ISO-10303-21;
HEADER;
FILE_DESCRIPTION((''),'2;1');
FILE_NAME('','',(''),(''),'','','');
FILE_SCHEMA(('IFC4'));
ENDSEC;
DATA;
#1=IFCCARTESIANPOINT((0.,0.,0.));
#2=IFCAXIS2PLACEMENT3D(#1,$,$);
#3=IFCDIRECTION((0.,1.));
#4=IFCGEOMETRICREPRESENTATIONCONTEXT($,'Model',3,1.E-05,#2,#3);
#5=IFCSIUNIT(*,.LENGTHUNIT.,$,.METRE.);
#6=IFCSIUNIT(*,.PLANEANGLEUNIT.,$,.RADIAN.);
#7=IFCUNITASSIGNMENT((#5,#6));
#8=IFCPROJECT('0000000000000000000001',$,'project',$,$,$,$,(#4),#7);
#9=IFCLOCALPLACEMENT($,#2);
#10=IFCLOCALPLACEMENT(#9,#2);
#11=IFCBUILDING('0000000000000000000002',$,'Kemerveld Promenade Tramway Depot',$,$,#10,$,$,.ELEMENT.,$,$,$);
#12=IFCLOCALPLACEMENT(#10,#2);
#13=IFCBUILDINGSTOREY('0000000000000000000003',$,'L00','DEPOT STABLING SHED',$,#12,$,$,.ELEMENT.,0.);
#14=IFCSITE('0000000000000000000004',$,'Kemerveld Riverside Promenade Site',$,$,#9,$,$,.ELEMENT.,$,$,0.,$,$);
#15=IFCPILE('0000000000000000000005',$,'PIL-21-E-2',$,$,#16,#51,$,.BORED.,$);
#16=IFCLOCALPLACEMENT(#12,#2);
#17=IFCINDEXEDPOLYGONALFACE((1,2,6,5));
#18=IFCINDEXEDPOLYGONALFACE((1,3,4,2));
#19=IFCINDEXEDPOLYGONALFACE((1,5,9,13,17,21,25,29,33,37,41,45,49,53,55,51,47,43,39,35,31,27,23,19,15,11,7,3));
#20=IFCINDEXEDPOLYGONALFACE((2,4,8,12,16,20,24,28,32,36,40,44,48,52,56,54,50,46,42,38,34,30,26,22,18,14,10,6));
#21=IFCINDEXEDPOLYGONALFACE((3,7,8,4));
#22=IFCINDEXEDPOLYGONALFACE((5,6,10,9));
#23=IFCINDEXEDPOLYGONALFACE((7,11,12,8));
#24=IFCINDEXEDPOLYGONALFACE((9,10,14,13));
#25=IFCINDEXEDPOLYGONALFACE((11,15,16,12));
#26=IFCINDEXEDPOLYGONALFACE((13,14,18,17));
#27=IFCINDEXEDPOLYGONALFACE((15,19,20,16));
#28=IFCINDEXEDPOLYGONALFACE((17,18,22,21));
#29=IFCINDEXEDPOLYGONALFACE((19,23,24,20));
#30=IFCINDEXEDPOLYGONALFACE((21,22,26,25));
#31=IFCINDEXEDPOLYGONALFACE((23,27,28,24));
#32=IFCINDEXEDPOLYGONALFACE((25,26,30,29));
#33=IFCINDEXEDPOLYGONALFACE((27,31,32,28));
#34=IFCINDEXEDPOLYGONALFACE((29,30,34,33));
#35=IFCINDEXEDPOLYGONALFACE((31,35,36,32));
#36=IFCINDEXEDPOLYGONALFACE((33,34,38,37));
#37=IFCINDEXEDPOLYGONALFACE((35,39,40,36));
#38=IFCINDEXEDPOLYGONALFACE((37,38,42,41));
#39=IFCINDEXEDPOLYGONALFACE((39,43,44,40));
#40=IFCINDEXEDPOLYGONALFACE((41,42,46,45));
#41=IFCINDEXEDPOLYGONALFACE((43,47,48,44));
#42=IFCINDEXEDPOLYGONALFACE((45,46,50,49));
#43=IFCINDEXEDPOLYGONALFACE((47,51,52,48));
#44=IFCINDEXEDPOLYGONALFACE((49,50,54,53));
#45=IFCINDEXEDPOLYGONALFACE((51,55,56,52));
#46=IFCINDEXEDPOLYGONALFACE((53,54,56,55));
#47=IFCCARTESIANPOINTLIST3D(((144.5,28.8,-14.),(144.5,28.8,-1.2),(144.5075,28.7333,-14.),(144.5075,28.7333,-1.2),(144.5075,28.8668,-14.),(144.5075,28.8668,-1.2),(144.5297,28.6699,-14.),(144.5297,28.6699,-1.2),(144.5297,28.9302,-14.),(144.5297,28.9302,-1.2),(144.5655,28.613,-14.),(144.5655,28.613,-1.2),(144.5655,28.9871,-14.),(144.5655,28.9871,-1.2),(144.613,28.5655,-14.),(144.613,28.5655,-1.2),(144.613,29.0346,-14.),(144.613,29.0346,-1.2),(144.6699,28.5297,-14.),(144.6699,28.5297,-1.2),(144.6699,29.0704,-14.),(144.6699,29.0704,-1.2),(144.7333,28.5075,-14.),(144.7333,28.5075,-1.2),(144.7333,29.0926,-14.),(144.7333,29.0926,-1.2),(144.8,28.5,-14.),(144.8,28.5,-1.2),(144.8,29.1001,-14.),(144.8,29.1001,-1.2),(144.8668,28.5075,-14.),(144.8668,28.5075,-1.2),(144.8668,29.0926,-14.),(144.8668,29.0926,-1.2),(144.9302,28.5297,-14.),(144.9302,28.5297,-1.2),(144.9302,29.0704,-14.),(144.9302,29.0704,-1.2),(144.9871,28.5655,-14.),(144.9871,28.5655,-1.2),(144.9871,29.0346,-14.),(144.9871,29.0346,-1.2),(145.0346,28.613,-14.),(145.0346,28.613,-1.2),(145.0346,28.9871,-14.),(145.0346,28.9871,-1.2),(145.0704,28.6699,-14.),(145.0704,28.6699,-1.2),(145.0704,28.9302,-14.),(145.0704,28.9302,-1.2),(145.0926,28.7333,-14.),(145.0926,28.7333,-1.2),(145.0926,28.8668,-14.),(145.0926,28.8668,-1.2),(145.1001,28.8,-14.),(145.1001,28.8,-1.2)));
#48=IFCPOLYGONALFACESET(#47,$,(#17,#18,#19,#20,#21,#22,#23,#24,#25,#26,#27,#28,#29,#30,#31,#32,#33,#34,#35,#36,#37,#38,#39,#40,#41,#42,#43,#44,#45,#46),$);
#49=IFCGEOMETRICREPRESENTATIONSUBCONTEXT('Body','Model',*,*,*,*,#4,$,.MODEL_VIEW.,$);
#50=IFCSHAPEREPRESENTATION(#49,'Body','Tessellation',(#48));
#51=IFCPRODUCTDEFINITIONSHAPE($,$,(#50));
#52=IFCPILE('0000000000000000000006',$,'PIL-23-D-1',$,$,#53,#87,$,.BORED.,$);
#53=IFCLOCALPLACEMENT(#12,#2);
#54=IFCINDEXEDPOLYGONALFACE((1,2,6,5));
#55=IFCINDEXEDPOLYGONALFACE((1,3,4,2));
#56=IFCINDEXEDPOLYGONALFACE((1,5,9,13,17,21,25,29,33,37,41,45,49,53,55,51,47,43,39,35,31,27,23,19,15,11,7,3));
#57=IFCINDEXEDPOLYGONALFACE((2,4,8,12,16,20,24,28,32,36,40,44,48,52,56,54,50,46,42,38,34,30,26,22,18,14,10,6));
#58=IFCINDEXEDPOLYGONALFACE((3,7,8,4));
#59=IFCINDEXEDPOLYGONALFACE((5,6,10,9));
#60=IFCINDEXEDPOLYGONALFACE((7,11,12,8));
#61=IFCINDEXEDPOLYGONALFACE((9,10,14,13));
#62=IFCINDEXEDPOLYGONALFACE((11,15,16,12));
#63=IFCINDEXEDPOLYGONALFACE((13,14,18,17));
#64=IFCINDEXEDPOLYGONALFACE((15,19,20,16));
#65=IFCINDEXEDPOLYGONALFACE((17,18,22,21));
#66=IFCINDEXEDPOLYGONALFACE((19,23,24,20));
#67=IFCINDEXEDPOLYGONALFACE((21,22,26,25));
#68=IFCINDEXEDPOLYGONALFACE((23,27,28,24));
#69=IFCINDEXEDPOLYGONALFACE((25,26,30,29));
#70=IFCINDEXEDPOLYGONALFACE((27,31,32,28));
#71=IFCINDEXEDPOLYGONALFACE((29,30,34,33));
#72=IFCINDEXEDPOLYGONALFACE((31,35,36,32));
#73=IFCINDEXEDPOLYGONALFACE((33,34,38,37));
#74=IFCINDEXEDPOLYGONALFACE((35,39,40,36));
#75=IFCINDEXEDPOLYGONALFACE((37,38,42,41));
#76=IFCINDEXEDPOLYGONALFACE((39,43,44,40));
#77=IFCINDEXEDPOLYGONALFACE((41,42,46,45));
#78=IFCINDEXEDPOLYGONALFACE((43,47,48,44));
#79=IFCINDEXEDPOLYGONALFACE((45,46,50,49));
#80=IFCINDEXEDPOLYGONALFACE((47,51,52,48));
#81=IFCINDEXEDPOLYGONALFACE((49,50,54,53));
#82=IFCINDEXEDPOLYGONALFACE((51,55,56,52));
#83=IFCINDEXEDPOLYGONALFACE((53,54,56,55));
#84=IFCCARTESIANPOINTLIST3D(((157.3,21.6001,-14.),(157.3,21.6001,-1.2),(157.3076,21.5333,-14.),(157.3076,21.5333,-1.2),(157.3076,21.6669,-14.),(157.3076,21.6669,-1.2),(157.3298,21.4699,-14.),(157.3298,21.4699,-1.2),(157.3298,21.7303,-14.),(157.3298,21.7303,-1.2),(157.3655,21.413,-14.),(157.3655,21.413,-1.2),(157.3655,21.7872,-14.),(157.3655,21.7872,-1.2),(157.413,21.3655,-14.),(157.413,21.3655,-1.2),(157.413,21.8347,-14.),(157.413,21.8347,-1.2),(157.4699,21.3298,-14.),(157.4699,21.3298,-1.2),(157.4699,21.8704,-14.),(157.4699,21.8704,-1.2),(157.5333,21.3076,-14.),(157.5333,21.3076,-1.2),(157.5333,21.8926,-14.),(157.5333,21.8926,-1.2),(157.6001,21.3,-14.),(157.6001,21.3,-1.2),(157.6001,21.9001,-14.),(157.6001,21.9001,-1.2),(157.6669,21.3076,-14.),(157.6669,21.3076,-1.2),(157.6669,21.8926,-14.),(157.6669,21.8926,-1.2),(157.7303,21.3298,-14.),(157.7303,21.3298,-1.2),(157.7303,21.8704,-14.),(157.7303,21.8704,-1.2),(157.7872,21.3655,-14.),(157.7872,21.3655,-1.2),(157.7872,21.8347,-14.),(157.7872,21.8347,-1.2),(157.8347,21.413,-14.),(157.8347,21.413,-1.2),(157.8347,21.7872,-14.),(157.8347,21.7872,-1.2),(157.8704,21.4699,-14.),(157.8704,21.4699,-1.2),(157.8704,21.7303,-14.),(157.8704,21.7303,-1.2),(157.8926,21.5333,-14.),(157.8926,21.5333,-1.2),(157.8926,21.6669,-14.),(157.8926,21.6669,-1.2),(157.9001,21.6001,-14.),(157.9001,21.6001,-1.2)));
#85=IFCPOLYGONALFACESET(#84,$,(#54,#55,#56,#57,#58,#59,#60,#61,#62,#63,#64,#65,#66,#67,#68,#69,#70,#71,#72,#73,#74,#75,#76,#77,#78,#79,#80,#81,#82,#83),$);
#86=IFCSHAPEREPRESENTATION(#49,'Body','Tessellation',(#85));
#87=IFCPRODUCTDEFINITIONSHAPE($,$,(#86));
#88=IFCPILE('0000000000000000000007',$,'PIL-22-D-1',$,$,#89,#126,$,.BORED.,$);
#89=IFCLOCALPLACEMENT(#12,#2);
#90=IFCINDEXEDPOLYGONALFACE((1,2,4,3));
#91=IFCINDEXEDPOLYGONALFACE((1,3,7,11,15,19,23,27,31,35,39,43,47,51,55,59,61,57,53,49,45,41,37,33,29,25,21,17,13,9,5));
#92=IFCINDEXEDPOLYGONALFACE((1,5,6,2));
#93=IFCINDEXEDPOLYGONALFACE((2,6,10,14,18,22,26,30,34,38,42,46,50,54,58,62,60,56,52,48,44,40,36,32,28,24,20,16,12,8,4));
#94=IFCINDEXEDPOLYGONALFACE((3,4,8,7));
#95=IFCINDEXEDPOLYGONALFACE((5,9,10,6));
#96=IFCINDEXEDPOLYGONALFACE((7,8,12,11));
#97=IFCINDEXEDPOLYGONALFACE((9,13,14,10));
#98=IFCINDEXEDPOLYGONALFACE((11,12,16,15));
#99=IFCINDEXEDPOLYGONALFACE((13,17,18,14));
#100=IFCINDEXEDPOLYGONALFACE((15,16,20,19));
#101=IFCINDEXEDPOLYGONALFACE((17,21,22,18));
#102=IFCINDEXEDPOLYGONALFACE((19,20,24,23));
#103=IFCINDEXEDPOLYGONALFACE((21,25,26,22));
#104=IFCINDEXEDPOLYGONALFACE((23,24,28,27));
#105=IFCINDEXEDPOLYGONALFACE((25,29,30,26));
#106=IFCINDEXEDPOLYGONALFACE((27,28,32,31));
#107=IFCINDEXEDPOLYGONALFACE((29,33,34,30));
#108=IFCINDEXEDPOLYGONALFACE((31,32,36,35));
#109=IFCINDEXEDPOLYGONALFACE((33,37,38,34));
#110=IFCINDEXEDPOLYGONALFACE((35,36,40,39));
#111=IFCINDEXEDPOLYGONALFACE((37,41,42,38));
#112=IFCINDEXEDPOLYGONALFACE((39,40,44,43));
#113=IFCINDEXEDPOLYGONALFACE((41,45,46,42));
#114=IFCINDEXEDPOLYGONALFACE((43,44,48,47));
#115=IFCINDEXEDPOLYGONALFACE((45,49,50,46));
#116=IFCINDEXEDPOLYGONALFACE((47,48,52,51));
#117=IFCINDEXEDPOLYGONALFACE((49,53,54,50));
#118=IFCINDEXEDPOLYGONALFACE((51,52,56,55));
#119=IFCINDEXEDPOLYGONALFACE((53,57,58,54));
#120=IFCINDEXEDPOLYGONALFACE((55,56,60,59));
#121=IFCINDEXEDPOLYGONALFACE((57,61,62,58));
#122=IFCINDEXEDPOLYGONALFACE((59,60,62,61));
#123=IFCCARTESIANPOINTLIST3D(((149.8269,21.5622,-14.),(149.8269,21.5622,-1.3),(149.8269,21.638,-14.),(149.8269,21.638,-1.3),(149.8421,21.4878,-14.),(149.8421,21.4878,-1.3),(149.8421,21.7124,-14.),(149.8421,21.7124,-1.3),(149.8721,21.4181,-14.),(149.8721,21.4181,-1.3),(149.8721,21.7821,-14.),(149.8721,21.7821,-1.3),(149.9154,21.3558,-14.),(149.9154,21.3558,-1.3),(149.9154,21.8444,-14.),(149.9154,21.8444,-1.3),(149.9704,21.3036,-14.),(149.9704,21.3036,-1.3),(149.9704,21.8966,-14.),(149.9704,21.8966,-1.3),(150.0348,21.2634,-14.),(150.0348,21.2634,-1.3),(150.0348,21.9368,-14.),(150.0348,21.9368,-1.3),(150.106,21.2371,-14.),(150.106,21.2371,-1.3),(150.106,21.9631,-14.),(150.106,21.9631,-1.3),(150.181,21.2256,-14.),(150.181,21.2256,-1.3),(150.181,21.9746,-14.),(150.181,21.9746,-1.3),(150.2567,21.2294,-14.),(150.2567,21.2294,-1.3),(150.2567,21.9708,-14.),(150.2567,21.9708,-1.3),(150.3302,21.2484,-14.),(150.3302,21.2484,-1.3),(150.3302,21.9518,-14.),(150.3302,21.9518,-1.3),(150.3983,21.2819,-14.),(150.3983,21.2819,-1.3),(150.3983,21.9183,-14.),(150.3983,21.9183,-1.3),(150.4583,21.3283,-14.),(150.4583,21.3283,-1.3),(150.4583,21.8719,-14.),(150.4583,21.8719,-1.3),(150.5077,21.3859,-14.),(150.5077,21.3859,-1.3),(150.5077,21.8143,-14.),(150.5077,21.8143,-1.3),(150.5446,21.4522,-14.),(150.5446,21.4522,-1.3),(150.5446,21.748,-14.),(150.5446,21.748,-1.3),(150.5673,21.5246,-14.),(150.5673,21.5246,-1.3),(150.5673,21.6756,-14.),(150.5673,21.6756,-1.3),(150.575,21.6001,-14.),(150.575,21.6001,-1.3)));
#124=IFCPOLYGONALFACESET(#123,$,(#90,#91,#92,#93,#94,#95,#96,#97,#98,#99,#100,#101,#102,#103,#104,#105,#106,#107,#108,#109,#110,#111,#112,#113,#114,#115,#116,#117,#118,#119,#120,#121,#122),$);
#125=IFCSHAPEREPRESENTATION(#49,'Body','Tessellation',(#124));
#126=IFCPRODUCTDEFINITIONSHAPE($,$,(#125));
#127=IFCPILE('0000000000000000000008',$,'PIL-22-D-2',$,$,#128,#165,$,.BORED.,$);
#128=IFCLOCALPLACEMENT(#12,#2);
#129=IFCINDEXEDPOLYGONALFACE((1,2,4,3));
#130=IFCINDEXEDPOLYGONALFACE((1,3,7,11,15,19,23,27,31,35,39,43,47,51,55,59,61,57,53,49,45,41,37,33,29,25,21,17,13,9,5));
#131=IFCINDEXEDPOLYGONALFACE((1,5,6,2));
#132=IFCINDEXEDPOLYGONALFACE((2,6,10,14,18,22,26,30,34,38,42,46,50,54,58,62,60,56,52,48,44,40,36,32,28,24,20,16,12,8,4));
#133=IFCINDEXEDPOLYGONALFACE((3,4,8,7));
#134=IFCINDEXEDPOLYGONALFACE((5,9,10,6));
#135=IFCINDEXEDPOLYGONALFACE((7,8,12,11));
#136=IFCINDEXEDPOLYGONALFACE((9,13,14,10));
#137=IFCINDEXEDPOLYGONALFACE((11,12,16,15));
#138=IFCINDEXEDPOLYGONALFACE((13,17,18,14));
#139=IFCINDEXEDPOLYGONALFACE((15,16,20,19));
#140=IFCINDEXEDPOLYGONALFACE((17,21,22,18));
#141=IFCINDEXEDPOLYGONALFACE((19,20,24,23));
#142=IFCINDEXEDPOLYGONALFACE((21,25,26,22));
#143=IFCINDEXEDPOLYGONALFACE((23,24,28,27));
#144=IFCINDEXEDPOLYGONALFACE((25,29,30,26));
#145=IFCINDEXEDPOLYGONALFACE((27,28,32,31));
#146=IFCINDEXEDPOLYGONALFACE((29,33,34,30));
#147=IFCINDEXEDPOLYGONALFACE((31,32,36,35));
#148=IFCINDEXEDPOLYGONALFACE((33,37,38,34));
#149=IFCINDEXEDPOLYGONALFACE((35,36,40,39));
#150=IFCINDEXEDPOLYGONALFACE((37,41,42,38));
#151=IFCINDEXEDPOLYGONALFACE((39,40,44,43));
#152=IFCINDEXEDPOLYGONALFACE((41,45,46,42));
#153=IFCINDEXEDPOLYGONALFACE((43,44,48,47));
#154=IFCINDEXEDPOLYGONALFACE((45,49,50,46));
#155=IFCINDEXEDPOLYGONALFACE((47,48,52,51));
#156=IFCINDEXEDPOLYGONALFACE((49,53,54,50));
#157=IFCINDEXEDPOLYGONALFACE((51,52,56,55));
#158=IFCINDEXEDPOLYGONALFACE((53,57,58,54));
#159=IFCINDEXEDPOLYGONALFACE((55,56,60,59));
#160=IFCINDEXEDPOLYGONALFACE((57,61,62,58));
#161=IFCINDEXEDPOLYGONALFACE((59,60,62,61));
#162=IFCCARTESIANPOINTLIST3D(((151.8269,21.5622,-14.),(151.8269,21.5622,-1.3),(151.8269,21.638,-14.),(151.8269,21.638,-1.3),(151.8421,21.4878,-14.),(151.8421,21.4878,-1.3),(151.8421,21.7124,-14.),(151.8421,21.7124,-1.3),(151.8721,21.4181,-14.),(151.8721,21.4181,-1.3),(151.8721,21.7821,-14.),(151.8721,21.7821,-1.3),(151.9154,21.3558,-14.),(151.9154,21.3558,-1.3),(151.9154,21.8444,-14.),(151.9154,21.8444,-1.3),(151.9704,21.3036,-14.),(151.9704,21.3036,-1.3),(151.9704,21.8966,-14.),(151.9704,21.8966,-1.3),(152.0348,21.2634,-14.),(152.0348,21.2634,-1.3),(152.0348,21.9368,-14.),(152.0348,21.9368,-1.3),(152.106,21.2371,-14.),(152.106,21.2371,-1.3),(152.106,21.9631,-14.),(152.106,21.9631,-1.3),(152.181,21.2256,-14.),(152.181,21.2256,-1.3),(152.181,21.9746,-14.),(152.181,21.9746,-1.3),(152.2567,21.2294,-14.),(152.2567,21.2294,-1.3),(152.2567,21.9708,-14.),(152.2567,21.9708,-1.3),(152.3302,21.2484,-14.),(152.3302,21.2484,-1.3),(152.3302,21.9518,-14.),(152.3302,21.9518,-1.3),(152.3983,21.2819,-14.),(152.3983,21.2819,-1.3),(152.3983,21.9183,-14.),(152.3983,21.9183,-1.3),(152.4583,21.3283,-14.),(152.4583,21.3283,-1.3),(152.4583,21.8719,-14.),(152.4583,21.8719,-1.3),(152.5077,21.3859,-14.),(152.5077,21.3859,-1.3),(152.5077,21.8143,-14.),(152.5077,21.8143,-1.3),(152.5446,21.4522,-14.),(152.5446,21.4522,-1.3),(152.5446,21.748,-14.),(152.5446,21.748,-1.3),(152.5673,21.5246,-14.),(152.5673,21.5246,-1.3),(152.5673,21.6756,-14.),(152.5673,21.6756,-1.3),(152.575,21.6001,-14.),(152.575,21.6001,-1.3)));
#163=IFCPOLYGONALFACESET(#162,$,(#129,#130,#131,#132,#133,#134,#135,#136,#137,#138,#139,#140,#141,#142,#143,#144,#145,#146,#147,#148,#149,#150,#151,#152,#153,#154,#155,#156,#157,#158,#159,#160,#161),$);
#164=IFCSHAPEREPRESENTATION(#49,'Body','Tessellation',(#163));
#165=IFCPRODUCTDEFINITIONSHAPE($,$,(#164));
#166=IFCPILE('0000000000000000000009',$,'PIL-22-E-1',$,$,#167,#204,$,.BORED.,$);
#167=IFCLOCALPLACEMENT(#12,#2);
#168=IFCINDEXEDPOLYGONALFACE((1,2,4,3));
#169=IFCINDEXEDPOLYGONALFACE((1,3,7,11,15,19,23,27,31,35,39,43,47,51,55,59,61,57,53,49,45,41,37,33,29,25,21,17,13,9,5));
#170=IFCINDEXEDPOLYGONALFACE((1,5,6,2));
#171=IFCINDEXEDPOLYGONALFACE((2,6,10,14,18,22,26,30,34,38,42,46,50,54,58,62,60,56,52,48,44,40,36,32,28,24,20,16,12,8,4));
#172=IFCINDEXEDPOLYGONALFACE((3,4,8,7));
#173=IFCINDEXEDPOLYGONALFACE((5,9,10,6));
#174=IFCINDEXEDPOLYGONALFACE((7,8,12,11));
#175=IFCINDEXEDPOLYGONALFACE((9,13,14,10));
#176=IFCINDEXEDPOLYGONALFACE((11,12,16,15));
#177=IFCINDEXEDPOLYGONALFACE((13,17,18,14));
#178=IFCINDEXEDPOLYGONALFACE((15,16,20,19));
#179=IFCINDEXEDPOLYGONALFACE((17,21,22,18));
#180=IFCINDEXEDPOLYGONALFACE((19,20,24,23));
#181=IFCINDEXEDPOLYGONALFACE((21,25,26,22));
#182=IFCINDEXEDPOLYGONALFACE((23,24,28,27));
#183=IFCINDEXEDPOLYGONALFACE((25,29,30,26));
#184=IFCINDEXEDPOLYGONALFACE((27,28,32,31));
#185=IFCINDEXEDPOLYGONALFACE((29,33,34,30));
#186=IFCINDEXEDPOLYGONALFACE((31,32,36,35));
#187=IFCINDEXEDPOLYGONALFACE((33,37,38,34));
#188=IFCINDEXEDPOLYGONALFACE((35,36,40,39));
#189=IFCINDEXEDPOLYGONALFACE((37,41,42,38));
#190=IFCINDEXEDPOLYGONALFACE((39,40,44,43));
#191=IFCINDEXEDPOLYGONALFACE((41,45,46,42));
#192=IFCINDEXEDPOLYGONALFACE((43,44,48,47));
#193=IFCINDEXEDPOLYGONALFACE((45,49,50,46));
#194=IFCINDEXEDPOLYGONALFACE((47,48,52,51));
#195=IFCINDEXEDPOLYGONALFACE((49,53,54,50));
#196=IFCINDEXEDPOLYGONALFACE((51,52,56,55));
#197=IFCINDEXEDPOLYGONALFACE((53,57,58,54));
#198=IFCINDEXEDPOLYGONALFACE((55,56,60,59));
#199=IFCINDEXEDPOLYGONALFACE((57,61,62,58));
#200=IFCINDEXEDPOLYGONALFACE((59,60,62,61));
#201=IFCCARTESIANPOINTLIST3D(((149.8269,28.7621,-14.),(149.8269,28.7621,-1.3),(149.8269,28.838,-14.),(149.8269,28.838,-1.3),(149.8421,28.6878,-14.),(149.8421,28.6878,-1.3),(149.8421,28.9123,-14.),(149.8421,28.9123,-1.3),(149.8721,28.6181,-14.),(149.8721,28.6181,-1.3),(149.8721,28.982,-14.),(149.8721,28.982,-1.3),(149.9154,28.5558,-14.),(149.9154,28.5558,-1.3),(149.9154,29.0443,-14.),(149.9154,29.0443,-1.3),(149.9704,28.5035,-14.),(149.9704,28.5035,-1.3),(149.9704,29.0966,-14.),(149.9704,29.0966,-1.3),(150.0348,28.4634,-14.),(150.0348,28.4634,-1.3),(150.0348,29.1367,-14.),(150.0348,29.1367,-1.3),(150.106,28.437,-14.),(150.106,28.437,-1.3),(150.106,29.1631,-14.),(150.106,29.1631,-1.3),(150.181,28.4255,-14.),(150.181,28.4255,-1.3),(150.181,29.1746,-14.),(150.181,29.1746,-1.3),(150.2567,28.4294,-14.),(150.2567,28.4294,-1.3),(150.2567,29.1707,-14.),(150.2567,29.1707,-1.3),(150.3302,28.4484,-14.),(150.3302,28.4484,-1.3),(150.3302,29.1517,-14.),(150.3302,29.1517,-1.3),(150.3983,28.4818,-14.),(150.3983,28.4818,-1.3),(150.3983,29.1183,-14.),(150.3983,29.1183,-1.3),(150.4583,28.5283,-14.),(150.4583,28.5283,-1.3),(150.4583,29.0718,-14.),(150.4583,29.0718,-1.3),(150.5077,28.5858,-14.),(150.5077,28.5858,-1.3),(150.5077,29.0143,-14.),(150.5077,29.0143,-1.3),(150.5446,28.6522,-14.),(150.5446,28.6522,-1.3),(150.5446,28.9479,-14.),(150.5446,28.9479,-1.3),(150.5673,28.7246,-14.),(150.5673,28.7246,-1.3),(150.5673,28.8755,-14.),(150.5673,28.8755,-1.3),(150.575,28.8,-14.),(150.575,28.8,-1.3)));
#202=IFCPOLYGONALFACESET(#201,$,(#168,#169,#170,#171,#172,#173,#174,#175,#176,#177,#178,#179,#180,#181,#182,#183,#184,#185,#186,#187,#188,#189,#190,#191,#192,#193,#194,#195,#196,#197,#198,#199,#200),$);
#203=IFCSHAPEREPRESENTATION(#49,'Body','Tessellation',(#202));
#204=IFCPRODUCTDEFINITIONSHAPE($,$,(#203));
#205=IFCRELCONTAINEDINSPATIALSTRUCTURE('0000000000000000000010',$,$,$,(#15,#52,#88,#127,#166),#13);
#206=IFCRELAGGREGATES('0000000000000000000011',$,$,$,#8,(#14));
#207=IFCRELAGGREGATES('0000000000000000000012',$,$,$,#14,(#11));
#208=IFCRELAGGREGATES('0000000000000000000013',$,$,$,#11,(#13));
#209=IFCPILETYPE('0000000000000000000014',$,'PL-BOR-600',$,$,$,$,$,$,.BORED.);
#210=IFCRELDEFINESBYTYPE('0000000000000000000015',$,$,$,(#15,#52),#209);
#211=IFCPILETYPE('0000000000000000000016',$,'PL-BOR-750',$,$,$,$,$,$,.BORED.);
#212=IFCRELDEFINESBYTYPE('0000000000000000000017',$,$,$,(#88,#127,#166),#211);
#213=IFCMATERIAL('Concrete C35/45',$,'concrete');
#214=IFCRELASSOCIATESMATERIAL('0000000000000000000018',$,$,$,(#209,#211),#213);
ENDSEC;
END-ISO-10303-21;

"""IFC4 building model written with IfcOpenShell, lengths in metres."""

from ifc_helpers import new_model, si_unit, direction, frame, origin, origin_2d, place, context, subcontext, project, spatial, circle, extrude, material, material_profile, profile_set, type_object, element, save


model = new_model("IFC4")

# Units and contexts
model_context = context("Model", 3, precision=1e-05, world=origin(), true_north=direction((0.0, 1.0)))
body_context = subcontext(model_context, "Body", "Model", "MODEL_VIEW")
ifc_project = project(units=[si_unit("LENGTHUNIT", "METRE"), si_unit("PLANEANGLEUNIT", "RADIAN")], contexts=[model_context])

# Site, building, storey
site_placement = place(None, origin())
site = spatial("IfcSite", under=ifc_project, at=site_placement, Name="Kemerveld Riverside Promenade Site", CompositionType="ELEMENT", RefElevation=0.0)
building_placement = place(site_placement, origin())
building = spatial("IfcBuilding", under=site, at=building_placement, Name="Kemerveld Promenade Tramway Depot", CompositionType="ELEMENT")
storey_placement = place(building_placement, origin())
storey = spatial("IfcBuildingStorey", under=building, at=storey_placement, Name="L00", Description="DEPOT STABLING SHED", CompositionType="ELEMENT", Elevation=0.0)

# Shared definitions
ifc_material_1 = material(Name="Concrete C35/45", Category="concrete")

# Piles
ifc_material_profile_1 = material_profile(ifc_material_1, circle(Radius=0.3, at=origin_2d()), Name="PILE-D600")
ifc_profile_set_1 = profile_set([ifc_material_profile_1], Name="Concrete C35/45")
pile_type_1 = type_object("IfcPileType", Name="PL-BOR-600", PredefinedType="BORED", material=ifc_profile_set_1)
for number, where, z_axis, x_axis, name in (
    (1, (144.8, 28.8, -1.2), (0.0, 0.0, -1.0), (1.0, 0.0, 0.0), "PIL-21-E-2"),
    (2, (157.6001, 21.6001, -1.2), (0.0, 0.0, -1.0), (1.0, 0.0, 0.0), "PIL-23-D-1"),
):
    element("IfcPile", number, at=place(storey_placement, frame(where, z_axis=z_axis, x_axis=x_axis)), inside=storey, type_object=pile_type_1, Name=name, PredefinedType="BORED", context=body_context, shape_type="SweptSolid", body=[
        extrude(circle(Radius=0.3, at=origin_2d()), origin(), (0.0, 0.0, 1.0), 12.8),
    ])
ifc_material_profile_2 = material_profile(ifc_material_1, circle(Radius=0.375, at=origin_2d()), Name="PILE-D750")
ifc_profile_set_2 = profile_set([ifc_material_profile_2], Name="Concrete C35/45")
pile_type_2 = type_object("IfcPileType", Name="PL-BOR-750", PredefinedType="BORED", material=ifc_profile_set_2)
for number, where, z_axis, x_axis, name in (
    (3, (150.2, 21.6001, -1.3), (0.0, 0.0, -1.0), (1.0, 0.0, 0.0), "PIL-22-D-1"),
    (4, (152.2, 21.6001, -1.3), (0.0, 0.0, -1.0), (1.0, 0.0, 0.0), "PIL-22-D-2"),
    (5, (150.2, 28.8, -1.3), (0.0, 0.0, -1.0), (1.0, 0.0, 0.0), "PIL-22-E-1"),
):
    element("IfcPile", number, at=place(storey_placement, frame(where, z_axis=z_axis, x_axis=x_axis)), inside=storey, type_object=pile_type_2, Name=name, PredefinedType="BORED", context=body_context, shape_type="SweptSolid", body=[
        extrude(circle(Radius=0.375, at=origin_2d()), origin(), (0.0, 0.0, 1.0), 12.7),
    ])

save(model, "model.ifc")
